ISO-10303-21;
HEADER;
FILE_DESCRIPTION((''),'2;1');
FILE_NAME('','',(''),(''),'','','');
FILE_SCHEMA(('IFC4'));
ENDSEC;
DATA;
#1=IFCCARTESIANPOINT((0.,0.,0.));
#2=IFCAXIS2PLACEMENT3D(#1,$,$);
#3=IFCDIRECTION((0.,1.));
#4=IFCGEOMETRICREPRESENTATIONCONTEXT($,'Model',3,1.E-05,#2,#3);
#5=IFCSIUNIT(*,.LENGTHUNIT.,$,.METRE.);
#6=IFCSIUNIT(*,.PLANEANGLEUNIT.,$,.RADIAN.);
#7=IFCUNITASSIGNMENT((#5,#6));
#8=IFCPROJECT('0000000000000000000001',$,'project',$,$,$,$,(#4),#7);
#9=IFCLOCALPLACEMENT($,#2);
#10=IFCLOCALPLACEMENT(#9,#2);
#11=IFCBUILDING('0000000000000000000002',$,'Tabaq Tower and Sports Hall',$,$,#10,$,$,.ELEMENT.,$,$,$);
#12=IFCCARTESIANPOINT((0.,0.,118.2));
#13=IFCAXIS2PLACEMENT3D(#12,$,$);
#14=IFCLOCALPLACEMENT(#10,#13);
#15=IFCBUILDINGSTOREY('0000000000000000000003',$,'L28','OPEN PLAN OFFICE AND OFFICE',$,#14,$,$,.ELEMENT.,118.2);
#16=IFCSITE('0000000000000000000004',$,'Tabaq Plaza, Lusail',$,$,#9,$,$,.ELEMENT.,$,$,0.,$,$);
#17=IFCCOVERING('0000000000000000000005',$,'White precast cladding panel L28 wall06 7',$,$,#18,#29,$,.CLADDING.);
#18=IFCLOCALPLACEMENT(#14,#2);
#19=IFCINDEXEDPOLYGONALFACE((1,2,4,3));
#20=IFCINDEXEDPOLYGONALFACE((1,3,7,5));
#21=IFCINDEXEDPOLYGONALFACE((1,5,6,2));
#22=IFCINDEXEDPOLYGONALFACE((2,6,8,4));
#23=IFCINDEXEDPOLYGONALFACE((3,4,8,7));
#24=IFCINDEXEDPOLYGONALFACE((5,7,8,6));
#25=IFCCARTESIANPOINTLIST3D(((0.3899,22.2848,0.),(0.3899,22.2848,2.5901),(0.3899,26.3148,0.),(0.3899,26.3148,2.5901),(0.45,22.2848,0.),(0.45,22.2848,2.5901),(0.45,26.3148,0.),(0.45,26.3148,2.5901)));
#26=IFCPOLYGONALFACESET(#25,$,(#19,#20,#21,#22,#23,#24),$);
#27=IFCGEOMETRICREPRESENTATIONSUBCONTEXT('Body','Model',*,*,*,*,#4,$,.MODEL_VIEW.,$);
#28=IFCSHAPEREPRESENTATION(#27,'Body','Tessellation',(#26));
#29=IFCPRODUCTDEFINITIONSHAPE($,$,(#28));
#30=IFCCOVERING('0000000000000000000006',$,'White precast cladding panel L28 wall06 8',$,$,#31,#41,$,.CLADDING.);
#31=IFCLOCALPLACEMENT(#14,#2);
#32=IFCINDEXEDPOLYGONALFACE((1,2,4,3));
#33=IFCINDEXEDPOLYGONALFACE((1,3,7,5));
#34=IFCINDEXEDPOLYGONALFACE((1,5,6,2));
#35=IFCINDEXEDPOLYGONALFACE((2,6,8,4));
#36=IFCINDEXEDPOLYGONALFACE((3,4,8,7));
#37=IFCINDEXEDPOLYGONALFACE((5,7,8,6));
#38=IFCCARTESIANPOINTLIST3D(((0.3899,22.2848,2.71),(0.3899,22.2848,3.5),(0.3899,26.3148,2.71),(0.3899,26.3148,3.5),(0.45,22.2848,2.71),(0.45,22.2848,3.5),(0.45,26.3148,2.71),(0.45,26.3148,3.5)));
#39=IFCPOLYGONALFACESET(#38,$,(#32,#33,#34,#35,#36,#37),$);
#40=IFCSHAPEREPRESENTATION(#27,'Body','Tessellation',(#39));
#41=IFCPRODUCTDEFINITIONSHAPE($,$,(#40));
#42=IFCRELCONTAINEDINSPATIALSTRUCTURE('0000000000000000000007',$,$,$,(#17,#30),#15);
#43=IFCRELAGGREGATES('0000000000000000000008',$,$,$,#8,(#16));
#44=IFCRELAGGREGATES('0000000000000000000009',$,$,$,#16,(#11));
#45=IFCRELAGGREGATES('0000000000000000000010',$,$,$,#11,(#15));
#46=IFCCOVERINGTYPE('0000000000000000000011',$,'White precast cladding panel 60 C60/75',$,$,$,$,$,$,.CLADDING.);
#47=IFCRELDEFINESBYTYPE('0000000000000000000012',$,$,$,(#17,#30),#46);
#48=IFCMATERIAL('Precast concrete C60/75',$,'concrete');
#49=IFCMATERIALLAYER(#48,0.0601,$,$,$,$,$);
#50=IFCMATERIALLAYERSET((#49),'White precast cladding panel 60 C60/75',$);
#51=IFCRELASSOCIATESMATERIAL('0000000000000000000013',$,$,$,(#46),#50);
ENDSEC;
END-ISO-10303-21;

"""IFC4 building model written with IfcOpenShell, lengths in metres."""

from ifc_helpers import new_model, si_unit, direction, frame, frame_2d, origin, place, context, subcontext, project, spatial, rectangle, extrude, material, layer, layer_set, type_object, element, save


model = new_model("IFC4")

# Units and contexts
model_context = context("Model", 3, precision=1e-05, world=origin(), true_north=direction((0.0, 1.0)))
body_context = subcontext(model_context, "Body", "Model", "MODEL_VIEW")
ifc_project = project(units=[si_unit("LENGTHUNIT", "METRE"), si_unit("PLANEANGLEUNIT", "RADIAN")], contexts=[model_context])

# Site, building, storey
site_placement = place(None, origin())
site = spatial("IfcSite", under=ifc_project, at=site_placement, Name="Tabaq Plaza, Lusail", CompositionType="ELEMENT", RefElevation=0.0)
building_placement = place(site_placement, origin())
building = spatial("IfcBuilding", under=site, at=building_placement, Name="Tabaq Tower and Sports Hall", CompositionType="ELEMENT")
storey_placement = place(building_placement, frame((0.0, 0.0, 118.2)))
storey = spatial("IfcBuildingStorey", under=building, at=storey_placement, Name="L28", Description="OPEN PLAN OFFICE AND OFFICE", CompositionType="ELEMENT", Elevation=118.2)

# Coverings
ifc_material_1 = material(Name="Precast concrete C60/75", Category="concrete")
ifc_layer_1 = layer(ifc_material_1, 0.0601)
ifc_layer_set_1 = layer_set([ifc_layer_1], Name="White precast cladding panel 60 C60/75")
covering_type_1 = type_object("IfcCoveringType", Name="White precast cladding panel 60 C60/75", PredefinedType="CLADDING", material=ifc_layer_set_1)
covering_1_placement = place(storey_placement, frame((0.4199, 26.3149, 0.0), z_axis=(0.0, 0.0, 1.0), x_axis=(0.0, -1.0, 0.0)))
element("IfcCovering", 1, at=covering_1_placement, inside=storey, type_object=covering_type_1, Name="White precast cladding panel L28 wall06 7", PredefinedType="CLADDING", context=body_context, shape_type="SweptSolid", body=[
    extrude(rectangle(XDim=4.03, YDim=0.0601, at=frame_2d((2.0151, 0.0))), origin(), (0.0, 0.0, 1.0), 2.5901),
])
covering_2_placement = place(storey_placement, frame((0.4199, 26.3149, 2.71), z_axis=(0.0, 0.0, 1.0), x_axis=(0.0, -1.0, 0.0)))
element("IfcCovering", 2, at=covering_2_placement, inside=storey, type_object=covering_type_1, Name="White precast cladding panel L28 wall06 8", PredefinedType="CLADDING", context=body_context, shape_type="SweptSolid", body=[
    extrude(rectangle(XDim=4.03, YDim=0.0601, at=frame_2d((2.0151, 0.0))), origin(), (0.0, 0.0, 1.0), 0.79),
])

save(model, "model.ifc")
